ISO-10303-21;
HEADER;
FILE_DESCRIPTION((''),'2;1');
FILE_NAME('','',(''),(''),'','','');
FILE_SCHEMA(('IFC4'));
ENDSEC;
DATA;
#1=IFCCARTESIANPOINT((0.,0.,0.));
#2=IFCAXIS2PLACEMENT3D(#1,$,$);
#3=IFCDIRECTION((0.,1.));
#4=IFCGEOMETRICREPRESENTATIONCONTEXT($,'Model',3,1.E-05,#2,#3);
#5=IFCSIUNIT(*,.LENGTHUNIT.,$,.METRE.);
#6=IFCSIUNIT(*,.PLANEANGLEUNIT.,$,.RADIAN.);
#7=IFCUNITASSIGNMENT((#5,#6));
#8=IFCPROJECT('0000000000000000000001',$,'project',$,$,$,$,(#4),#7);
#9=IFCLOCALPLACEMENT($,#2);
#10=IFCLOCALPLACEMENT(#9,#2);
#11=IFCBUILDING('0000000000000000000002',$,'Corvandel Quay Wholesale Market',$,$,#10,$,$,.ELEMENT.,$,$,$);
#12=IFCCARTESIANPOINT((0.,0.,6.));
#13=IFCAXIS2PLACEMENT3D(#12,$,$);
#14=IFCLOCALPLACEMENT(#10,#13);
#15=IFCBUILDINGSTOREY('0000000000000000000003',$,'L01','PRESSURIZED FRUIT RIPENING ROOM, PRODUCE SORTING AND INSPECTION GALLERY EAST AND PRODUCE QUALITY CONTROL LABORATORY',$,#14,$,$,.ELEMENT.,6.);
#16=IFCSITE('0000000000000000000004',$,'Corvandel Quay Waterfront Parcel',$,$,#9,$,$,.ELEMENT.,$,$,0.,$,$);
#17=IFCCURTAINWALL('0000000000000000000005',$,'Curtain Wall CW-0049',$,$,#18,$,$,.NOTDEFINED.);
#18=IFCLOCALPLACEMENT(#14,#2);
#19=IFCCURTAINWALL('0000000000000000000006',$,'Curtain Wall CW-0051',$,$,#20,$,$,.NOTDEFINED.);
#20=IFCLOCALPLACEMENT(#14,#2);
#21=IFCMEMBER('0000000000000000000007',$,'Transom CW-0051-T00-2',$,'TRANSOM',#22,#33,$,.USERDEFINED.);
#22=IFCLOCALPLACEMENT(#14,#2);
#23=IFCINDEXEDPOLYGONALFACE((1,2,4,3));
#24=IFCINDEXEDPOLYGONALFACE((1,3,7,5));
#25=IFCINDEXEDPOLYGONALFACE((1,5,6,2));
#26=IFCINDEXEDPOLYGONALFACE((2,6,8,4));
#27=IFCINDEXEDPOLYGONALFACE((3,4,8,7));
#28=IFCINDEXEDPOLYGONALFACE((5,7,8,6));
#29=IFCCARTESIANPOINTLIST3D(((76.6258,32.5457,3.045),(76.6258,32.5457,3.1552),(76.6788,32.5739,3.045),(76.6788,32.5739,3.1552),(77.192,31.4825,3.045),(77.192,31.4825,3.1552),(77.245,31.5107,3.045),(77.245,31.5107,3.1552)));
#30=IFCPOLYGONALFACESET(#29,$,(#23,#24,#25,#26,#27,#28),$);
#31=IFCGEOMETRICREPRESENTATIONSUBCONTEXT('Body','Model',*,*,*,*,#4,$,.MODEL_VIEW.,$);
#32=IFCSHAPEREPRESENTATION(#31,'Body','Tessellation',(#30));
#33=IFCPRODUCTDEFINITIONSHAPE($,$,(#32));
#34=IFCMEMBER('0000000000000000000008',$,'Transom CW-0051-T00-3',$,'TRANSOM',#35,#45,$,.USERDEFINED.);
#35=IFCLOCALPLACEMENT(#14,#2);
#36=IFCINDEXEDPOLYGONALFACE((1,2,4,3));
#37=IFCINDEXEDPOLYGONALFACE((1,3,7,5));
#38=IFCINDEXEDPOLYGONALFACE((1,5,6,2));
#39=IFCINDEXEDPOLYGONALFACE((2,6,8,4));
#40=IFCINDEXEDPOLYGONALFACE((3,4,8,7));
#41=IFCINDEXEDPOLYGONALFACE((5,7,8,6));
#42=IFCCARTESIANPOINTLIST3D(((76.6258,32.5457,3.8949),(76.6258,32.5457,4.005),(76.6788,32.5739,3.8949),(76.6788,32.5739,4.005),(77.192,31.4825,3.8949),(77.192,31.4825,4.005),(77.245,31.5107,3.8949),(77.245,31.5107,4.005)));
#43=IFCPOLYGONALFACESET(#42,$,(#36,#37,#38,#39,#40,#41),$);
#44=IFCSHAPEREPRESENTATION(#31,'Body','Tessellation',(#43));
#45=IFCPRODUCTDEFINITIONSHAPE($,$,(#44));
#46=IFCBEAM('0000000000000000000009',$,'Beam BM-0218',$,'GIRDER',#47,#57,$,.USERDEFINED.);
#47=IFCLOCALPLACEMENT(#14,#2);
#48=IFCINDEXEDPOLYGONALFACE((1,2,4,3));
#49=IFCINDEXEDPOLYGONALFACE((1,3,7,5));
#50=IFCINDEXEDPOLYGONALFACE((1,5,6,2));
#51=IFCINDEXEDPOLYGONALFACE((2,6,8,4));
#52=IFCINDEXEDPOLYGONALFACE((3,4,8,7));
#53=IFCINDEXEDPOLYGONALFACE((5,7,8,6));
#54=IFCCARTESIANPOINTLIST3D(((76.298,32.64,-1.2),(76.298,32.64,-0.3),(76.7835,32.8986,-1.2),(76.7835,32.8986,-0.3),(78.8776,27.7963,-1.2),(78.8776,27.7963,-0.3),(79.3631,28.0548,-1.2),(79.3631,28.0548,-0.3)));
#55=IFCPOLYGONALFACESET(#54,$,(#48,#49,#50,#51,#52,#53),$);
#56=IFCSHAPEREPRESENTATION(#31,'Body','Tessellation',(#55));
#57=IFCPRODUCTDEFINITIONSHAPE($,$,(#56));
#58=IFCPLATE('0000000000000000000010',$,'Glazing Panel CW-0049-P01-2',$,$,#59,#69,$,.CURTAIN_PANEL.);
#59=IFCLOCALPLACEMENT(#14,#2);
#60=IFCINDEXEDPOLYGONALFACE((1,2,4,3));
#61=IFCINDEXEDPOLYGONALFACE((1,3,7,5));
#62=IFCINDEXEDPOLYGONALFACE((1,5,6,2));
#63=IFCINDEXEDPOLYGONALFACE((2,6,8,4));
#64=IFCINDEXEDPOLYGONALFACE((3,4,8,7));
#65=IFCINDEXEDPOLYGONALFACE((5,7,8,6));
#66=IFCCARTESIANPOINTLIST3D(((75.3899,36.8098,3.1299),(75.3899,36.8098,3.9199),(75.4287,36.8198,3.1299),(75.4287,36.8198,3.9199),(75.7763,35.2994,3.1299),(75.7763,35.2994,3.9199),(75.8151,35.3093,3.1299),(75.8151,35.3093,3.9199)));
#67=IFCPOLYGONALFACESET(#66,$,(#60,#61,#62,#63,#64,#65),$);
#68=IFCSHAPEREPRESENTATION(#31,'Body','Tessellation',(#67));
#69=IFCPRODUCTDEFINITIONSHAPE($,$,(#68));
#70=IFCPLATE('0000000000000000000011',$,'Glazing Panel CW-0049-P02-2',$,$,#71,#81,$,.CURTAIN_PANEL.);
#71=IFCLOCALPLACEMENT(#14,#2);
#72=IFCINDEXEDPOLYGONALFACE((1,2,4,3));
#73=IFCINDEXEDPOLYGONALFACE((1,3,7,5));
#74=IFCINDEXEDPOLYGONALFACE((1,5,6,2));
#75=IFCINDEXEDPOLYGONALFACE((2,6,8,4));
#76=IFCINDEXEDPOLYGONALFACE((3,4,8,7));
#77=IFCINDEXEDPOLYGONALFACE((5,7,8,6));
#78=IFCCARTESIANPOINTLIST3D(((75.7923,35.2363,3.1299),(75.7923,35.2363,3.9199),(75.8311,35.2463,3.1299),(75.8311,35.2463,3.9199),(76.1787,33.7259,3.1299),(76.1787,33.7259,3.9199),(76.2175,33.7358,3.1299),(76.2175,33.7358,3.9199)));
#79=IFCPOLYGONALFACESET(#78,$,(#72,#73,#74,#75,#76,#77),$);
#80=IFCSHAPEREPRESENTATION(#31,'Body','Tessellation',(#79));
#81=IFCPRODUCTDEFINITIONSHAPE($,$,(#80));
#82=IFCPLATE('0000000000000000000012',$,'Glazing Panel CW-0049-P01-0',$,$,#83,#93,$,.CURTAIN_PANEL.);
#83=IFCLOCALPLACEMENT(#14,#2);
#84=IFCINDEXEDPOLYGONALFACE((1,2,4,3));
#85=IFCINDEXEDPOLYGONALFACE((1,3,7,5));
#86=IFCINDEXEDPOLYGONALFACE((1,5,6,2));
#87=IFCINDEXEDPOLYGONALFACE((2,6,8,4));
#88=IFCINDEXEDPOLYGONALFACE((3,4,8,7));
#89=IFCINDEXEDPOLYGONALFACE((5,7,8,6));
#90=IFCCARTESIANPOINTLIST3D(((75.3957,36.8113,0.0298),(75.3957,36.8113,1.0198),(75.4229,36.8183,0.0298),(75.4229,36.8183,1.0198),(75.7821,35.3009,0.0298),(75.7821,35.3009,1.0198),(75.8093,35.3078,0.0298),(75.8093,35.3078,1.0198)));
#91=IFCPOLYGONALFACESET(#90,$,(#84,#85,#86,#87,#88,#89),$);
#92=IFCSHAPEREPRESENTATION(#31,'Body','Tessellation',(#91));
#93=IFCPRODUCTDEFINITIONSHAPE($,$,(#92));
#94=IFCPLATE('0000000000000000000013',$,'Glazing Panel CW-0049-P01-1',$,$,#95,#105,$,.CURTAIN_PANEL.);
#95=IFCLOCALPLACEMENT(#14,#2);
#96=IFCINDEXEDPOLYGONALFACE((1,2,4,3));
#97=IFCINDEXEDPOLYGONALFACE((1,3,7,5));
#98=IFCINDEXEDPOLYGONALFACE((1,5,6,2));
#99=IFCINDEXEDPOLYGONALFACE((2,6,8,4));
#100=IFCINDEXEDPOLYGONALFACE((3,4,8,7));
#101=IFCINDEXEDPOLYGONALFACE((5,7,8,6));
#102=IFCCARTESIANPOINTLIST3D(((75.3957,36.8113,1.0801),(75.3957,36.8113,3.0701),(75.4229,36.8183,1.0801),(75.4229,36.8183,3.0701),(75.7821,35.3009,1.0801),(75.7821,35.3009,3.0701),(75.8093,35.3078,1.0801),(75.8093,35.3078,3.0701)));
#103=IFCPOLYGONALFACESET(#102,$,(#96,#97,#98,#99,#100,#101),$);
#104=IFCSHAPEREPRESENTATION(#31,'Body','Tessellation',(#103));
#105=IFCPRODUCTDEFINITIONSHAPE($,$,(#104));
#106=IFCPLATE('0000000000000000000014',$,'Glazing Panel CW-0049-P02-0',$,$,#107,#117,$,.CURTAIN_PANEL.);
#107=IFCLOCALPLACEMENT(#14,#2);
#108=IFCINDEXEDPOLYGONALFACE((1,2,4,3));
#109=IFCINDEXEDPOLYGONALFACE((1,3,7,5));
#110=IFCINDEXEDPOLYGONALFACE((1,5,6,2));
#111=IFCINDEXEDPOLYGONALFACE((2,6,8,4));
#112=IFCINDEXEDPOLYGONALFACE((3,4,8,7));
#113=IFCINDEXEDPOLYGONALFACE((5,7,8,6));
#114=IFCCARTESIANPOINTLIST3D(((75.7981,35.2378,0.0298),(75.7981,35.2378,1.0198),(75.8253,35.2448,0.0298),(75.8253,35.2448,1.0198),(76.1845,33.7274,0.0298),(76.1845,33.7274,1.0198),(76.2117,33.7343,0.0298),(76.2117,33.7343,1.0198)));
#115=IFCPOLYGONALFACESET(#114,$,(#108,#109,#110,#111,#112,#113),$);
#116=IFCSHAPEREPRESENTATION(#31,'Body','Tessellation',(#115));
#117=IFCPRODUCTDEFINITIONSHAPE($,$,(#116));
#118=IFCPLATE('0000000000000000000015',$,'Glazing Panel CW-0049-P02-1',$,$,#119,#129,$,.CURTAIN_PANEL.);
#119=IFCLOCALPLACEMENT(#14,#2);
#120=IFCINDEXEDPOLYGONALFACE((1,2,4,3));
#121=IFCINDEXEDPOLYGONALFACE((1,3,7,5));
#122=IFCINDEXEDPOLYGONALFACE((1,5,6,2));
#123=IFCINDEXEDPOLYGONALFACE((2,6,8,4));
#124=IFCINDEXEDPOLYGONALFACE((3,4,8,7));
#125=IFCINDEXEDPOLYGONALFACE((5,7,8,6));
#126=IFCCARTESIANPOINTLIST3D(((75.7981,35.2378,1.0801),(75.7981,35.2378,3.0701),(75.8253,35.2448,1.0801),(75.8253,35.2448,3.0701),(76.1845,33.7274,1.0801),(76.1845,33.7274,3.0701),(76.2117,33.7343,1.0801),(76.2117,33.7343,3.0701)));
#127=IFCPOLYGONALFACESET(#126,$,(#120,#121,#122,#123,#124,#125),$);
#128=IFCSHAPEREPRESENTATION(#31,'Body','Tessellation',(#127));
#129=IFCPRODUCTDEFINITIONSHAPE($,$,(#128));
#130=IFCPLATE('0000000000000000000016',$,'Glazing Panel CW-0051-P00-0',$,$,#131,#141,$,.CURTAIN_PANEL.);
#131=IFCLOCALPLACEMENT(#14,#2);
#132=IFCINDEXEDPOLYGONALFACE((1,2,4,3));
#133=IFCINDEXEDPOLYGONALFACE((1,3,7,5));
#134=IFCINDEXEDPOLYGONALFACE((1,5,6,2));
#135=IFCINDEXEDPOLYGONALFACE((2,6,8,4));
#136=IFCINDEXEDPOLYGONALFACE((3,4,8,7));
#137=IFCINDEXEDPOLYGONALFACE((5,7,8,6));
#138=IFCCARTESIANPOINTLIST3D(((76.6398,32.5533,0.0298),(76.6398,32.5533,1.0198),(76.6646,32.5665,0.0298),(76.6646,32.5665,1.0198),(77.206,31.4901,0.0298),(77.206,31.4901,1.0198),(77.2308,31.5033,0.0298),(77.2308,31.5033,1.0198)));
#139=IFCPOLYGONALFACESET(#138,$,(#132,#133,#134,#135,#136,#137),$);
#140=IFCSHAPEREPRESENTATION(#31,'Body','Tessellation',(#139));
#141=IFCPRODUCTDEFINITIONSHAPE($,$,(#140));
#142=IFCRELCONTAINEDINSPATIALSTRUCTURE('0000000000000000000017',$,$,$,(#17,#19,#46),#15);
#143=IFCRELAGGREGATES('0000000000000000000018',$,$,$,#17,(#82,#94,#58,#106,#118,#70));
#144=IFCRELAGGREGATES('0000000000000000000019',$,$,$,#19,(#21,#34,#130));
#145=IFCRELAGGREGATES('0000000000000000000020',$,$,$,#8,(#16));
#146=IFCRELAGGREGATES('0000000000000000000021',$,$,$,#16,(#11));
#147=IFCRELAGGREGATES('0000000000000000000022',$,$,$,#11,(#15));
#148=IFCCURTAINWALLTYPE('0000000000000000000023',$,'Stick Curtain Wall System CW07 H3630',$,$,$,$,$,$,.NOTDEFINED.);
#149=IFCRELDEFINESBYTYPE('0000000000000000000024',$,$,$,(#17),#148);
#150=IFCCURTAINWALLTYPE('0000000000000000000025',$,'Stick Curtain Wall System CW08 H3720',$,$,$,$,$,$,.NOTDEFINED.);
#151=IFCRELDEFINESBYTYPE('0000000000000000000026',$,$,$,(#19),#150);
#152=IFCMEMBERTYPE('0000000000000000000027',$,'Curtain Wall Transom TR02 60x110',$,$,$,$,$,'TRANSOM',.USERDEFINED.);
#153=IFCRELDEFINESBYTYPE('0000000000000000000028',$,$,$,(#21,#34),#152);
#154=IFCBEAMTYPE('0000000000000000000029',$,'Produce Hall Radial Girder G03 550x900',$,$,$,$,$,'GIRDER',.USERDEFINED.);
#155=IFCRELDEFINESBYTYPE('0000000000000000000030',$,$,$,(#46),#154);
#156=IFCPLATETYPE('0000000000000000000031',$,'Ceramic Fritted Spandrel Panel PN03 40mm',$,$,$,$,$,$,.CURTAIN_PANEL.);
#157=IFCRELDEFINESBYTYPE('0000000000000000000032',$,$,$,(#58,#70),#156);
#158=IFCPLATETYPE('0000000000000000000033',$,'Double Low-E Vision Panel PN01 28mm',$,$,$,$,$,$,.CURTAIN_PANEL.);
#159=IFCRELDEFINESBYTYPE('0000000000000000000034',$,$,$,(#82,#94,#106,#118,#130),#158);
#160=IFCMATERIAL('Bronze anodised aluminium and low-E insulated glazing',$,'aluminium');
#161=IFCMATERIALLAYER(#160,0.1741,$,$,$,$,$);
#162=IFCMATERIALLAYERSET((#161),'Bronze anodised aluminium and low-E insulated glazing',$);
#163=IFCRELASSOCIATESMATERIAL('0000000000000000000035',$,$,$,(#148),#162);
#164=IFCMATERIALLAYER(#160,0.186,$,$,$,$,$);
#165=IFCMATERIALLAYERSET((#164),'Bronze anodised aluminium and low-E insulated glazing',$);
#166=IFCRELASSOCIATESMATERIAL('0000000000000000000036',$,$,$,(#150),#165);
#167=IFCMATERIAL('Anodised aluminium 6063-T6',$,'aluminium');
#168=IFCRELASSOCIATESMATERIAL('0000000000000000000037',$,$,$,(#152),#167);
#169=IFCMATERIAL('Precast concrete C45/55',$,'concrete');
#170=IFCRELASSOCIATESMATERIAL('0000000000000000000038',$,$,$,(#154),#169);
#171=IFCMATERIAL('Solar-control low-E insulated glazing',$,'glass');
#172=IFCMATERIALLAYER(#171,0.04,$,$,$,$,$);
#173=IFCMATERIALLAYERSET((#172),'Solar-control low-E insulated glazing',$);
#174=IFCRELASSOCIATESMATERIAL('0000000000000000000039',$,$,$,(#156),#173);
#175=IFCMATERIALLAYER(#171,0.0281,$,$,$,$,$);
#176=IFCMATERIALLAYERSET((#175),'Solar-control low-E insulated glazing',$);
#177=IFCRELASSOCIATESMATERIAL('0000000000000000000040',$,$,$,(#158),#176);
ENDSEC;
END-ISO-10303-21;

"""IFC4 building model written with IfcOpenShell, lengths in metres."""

from ifc_helpers import new_model, si_unit, direction, frame, origin, origin_2d, place, context, subcontext, project, spatial, rectangle, extrude, material, layer, layer_set, material_profile, profile_set, type_object, element, aggregate, save


model = new_model("IFC4")

# Units and contexts
model_context = context("Model", 3, precision=1e-05, world=origin(), true_north=direction((0.0, 1.0)))
body_context = subcontext(model_context, "Body", "Model", "MODEL_VIEW")
ifc_project = project(units=[si_unit("LENGTHUNIT", "METRE"), si_unit("PLANEANGLEUNIT", "RADIAN")], contexts=[model_context])

# Site, building, storey
site_placement = place(None, origin())
site = spatial("IfcSite", under=ifc_project, at=site_placement, Name="Corvandel Quay Waterfront Parcel", CompositionType="ELEMENT", RefElevation=0.0)
building_placement = place(site_placement, origin())
building = spatial("IfcBuilding", under=site, at=building_placement, Name="Corvandel Quay Wholesale Market", CompositionType="ELEMENT")
storey_placement = place(building_placement, frame((0.0, 0.0, 6.0)))
storey = spatial("IfcBuildingStorey", under=building, at=storey_placement, Name="L01", Description="PRESSURIZED FRUIT RIPENING ROOM, PRODUCE SORTING AND INSPECTION GALLERY EAST AND PRODUCE QUALITY CONTROL LABORATORY", CompositionType="ELEMENT", Elevation=6.0)

# Shared definitions
ifc_material_1 = material(Name="Precast concrete C45/55", Category="concrete")

# Curtain wall
ifc_material_2 = material(Name="Bronze anodised aluminium and low-E insulated glazing", Category="aluminium")
ifc_layer_1 = layer(ifc_material_2, 0.1741)
ifc_layer_set_1 = layer_set([ifc_layer_1], Name="Bronze anodised aluminium and low-E insulated glazing")
curtain_wall_type_1 = type_object("IfcCurtainWallType", Name="Stick Curtain Wall System CW07 H3630", PredefinedType="NOTDEFINED", material=ifc_layer_set_1)
curtain_wall_1_placement = place(storey_placement, origin())
curtain_wall_1 = element("IfcCurtainWall", 1, at=curtain_wall_1_placement, inside=storey, type_object=curtain_wall_type_1, Name="Curtain Wall CW-0049", PredefinedType="NOTDEFINED")
ifc_material_3 = material(Name="Anodised aluminium 6063-T6", Category="aluminium")

# Curtain wall
ifc_layer_2 = layer(ifc_material_2, 0.186)
ifc_layer_set_2 = layer_set([ifc_layer_2], Name="Bronze anodised aluminium and low-E insulated glazing")
curtain_wall_type_2 = type_object("IfcCurtainWallType", Name="Stick Curtain Wall System CW08 H3720", PredefinedType="NOTDEFINED", material=ifc_layer_set_2)
curtain_wall_2_placement = place(storey_placement, origin())
curtain_wall_2 = element("IfcCurtainWall", 2, at=curtain_wall_2_placement, inside=storey, type_object=curtain_wall_type_2, Name="Curtain Wall CW-0051", PredefinedType="NOTDEFINED")

# Members
ifc_material_profile_1 = material_profile(ifc_material_3, rectangle(XDim=0.0601, YDim=0.1101, at=origin_2d()), Name="ALU-TRN-60x110")
ifc_profile_set_1 = profile_set([ifc_material_profile_1], Name="Anodised aluminium 6063-T6")
member_type_1 = type_object("IfcMemberType", Name="Curtain Wall Transom TR02 60x110", ElementType="TRANSOM", PredefinedType="USERDEFINED", material=ifc_profile_set_1)
member_1_placement = place(storey_placement, frame((76.6523, 32.5598, 3.1001), z_axis=(0.47001, -0.882661, 0.0), x_axis=(0.882661, 0.47001, 0.0)))
member_1 = element("IfcMember", 3, at=member_1_placement, type_object=member_type_1, Name="Transom CW-0051-T00-2", ObjectType="TRANSOM", PredefinedType="USERDEFINED", context=body_context, shape_type="SweptSolid", body=[
    extrude(rectangle(XDim=0.0601, YDim=0.1101, at=origin_2d()), origin(), (0.0, 0.0, 1.0), 1.2046),
])
member_2_placement = place(storey_placement, frame((76.6523, 32.5598, 3.95), z_axis=(0.47001, -0.882661, 0.0), x_axis=(0.882661, 0.47001, 0.0)))
member_2 = element("IfcMember", 4, at=member_2_placement, type_object=member_type_1, Name="Transom CW-0051-T00-3", ObjectType="TRANSOM", PredefinedType="USERDEFINED", context=body_context, shape_type="SweptSolid", body=[
    extrude(rectangle(XDim=0.0601, YDim=0.1101, at=origin_2d()), origin(), (0.0, 0.0, 1.0), 1.2046),
])

# Beam
ifc_material_profile_2 = material_profile(ifc_material_1, rectangle(XDim=0.55, YDim=0.8999, at=origin_2d()), Name="PC-GIR-550x900")
ifc_profile_set_2 = profile_set([ifc_material_profile_2], Name="Precast concrete C45/55")
beam_type = type_object("IfcBeamType", Name="Produce Hall Radial Girder G03 550x900", ElementType="GIRDER", PredefinedType="USERDEFINED", material=ifc_profile_set_2)
beam_placement = place(storey_placement, frame((76.5408, 32.7693, -0.75), z_axis=(0.470057, -0.882636, 0.0), x_axis=(0.882636, 0.470057, 0.0)))
element("IfcBeam", 5, at=beam_placement, inside=storey, type_object=beam_type, Name="Beam BM-0218", ObjectType="GIRDER", PredefinedType="USERDEFINED", context=body_context, shape_type="SweptSolid", body=[
    extrude(rectangle(XDim=0.55, YDim=0.8999, at=origin_2d()), origin(), (0.0, 0.0, 1.0), 5.4878),
])

# Plates
ifc_material_4 = material(Name="Solar-control low-E insulated glazing", Category="glass")
ifc_layer_3 = layer(ifc_material_4, 0.04)
ifc_layer_set_3 = layer_set([ifc_layer_3], Name="Solar-control low-E insulated glazing")
plate_type_1 = type_object("IfcPlateType", Name="Ceramic Fritted Spandrel Panel PN03 40mm", PredefinedType="CURTAIN_PANEL", material=ifc_layer_set_3)
plate_1_placement = place(storey_placement, frame((75.6025, 36.0596, 3.1299), z_axis=(0.0, 0.0, 1.0), x_axis=(-0.247845, 0.9688, 0.0)))
plate_1 = element("IfcPlate", 6, at=plate_1_placement, type_object=plate_type_1, Name="Glazing Panel CW-0049-P01-2", PredefinedType="CURTAIN_PANEL", context=body_context, shape_type="SweptSolid", body=[
    extrude(rectangle(XDim=1.5591, YDim=0.04, at=origin_2d()), origin(), (0.0, 0.0, 1.0), 0.79),
])
plate_2_placement = place(storey_placement, frame((76.0049, 34.4861, 3.1299), z_axis=(0.0, 0.0, 1.0), x_axis=(-0.247845, 0.9688, 0.0)))
plate_2 = element("IfcPlate", 7, at=plate_2_placement, type_object=plate_type_1, Name="Glazing Panel CW-0049-P02-2", PredefinedType="CURTAIN_PANEL", context=body_context, shape_type="SweptSolid", body=[
    extrude(rectangle(XDim=1.5591, YDim=0.04, at=origin_2d()), origin(), (0.0, 0.0, 1.0), 0.79),
])
ifc_layer_4 = layer(ifc_material_4, 0.0281)
ifc_layer_set_4 = layer_set([ifc_layer_4], Name="Solar-control low-E insulated glazing")
plate_type_2 = type_object("IfcPlateType", Name="Double Low-E Vision Panel PN01 28mm", PredefinedType="CURTAIN_PANEL", material=ifc_layer_set_4)
plate_3_placement = place(storey_placement, frame((75.6025, 36.0596, 0.0298), z_axis=(0.0, 0.0, 1.0), x_axis=(-0.247845, 0.9688, 0.0)))
plate_3 = element("IfcPlate", 8, at=plate_3_placement, type_object=plate_type_2, Name="Glazing Panel CW-0049-P01-0", PredefinedType="CURTAIN_PANEL", context=body_context, shape_type="SweptSolid", body=[
    extrude(rectangle(XDim=1.5591, YDim=0.0281, at=origin_2d()), origin(), (0.0, 0.0, 1.0), 0.99),
])
plate_4_placement = place(storey_placement, frame((75.6025, 36.0596, 1.0801), z_axis=(0.0, 0.0, 1.0), x_axis=(-0.247845, 0.9688, 0.0)))
plate_4 = element("IfcPlate", 9, at=plate_4_placement, type_object=plate_type_2, Name="Glazing Panel CW-0049-P01-1", PredefinedType="CURTAIN_PANEL", context=body_context, shape_type="SweptSolid", body=[
    extrude(rectangle(XDim=1.5591, YDim=0.0281, at=origin_2d()), origin(), (0.0, 0.0, 1.0), 1.99),
])
plate_5_placement = place(storey_placement, frame((76.0049, 34.4861, 0.0298), z_axis=(0.0, 0.0, 1.0), x_axis=(-0.247845, 0.9688, 0.0)))
plate_5 = element("IfcPlate", 10, at=plate_5_placement, type_object=plate_type_2, Name="Glazing Panel CW-0049-P02-0", PredefinedType="CURTAIN_PANEL", context=body_context, shape_type="SweptSolid", body=[
    extrude(rectangle(XDim=1.5591, YDim=0.0281, at=origin_2d()), origin(), (0.0, 0.0, 1.0), 0.99),
])
plate_6_placement = place(storey_placement, frame((76.0049, 34.4861, 1.0801), z_axis=(0.0, 0.0, 1.0), x_axis=(-0.247845, 0.9688, 0.0)))
plate_6 = element("IfcPlate", 11, at=plate_6_placement, type_object=plate_type_2, Name="Glazing Panel CW-0049-P02-1", PredefinedType="CURTAIN_PANEL", context=body_context, shape_type="SweptSolid", body=[
    extrude(rectangle(XDim=1.5591, YDim=0.0281, at=origin_2d()), origin(), (0.0, 0.0, 1.0), 1.99),
])
aggregate(curtain_wall_1, [plate_3, plate_4, plate_1, plate_5, plate_6, plate_2])
plate_7_placement = place(storey_placement, frame((76.9353, 32.0283, 0.0298), z_axis=(0.0, 0.0, 1.0), x_axis=(-0.470088, 0.88262, 0.0)))
plate_7 = element("IfcPlate", 12, at=plate_7_placement, type_object=plate_type_2, Name="Glazing Panel CW-0051-P00-0", PredefinedType="CURTAIN_PANEL", context=body_context, shape_type="SweptSolid", body=[
    extrude(rectangle(XDim=1.2046, YDim=0.0281, at=origin_2d()), origin(), (0.0, 0.0, 1.0), 0.99),
])
aggregate(curtain_wall_2, [member_1, member_2, plate_7])

save(model, "model.ifc")
